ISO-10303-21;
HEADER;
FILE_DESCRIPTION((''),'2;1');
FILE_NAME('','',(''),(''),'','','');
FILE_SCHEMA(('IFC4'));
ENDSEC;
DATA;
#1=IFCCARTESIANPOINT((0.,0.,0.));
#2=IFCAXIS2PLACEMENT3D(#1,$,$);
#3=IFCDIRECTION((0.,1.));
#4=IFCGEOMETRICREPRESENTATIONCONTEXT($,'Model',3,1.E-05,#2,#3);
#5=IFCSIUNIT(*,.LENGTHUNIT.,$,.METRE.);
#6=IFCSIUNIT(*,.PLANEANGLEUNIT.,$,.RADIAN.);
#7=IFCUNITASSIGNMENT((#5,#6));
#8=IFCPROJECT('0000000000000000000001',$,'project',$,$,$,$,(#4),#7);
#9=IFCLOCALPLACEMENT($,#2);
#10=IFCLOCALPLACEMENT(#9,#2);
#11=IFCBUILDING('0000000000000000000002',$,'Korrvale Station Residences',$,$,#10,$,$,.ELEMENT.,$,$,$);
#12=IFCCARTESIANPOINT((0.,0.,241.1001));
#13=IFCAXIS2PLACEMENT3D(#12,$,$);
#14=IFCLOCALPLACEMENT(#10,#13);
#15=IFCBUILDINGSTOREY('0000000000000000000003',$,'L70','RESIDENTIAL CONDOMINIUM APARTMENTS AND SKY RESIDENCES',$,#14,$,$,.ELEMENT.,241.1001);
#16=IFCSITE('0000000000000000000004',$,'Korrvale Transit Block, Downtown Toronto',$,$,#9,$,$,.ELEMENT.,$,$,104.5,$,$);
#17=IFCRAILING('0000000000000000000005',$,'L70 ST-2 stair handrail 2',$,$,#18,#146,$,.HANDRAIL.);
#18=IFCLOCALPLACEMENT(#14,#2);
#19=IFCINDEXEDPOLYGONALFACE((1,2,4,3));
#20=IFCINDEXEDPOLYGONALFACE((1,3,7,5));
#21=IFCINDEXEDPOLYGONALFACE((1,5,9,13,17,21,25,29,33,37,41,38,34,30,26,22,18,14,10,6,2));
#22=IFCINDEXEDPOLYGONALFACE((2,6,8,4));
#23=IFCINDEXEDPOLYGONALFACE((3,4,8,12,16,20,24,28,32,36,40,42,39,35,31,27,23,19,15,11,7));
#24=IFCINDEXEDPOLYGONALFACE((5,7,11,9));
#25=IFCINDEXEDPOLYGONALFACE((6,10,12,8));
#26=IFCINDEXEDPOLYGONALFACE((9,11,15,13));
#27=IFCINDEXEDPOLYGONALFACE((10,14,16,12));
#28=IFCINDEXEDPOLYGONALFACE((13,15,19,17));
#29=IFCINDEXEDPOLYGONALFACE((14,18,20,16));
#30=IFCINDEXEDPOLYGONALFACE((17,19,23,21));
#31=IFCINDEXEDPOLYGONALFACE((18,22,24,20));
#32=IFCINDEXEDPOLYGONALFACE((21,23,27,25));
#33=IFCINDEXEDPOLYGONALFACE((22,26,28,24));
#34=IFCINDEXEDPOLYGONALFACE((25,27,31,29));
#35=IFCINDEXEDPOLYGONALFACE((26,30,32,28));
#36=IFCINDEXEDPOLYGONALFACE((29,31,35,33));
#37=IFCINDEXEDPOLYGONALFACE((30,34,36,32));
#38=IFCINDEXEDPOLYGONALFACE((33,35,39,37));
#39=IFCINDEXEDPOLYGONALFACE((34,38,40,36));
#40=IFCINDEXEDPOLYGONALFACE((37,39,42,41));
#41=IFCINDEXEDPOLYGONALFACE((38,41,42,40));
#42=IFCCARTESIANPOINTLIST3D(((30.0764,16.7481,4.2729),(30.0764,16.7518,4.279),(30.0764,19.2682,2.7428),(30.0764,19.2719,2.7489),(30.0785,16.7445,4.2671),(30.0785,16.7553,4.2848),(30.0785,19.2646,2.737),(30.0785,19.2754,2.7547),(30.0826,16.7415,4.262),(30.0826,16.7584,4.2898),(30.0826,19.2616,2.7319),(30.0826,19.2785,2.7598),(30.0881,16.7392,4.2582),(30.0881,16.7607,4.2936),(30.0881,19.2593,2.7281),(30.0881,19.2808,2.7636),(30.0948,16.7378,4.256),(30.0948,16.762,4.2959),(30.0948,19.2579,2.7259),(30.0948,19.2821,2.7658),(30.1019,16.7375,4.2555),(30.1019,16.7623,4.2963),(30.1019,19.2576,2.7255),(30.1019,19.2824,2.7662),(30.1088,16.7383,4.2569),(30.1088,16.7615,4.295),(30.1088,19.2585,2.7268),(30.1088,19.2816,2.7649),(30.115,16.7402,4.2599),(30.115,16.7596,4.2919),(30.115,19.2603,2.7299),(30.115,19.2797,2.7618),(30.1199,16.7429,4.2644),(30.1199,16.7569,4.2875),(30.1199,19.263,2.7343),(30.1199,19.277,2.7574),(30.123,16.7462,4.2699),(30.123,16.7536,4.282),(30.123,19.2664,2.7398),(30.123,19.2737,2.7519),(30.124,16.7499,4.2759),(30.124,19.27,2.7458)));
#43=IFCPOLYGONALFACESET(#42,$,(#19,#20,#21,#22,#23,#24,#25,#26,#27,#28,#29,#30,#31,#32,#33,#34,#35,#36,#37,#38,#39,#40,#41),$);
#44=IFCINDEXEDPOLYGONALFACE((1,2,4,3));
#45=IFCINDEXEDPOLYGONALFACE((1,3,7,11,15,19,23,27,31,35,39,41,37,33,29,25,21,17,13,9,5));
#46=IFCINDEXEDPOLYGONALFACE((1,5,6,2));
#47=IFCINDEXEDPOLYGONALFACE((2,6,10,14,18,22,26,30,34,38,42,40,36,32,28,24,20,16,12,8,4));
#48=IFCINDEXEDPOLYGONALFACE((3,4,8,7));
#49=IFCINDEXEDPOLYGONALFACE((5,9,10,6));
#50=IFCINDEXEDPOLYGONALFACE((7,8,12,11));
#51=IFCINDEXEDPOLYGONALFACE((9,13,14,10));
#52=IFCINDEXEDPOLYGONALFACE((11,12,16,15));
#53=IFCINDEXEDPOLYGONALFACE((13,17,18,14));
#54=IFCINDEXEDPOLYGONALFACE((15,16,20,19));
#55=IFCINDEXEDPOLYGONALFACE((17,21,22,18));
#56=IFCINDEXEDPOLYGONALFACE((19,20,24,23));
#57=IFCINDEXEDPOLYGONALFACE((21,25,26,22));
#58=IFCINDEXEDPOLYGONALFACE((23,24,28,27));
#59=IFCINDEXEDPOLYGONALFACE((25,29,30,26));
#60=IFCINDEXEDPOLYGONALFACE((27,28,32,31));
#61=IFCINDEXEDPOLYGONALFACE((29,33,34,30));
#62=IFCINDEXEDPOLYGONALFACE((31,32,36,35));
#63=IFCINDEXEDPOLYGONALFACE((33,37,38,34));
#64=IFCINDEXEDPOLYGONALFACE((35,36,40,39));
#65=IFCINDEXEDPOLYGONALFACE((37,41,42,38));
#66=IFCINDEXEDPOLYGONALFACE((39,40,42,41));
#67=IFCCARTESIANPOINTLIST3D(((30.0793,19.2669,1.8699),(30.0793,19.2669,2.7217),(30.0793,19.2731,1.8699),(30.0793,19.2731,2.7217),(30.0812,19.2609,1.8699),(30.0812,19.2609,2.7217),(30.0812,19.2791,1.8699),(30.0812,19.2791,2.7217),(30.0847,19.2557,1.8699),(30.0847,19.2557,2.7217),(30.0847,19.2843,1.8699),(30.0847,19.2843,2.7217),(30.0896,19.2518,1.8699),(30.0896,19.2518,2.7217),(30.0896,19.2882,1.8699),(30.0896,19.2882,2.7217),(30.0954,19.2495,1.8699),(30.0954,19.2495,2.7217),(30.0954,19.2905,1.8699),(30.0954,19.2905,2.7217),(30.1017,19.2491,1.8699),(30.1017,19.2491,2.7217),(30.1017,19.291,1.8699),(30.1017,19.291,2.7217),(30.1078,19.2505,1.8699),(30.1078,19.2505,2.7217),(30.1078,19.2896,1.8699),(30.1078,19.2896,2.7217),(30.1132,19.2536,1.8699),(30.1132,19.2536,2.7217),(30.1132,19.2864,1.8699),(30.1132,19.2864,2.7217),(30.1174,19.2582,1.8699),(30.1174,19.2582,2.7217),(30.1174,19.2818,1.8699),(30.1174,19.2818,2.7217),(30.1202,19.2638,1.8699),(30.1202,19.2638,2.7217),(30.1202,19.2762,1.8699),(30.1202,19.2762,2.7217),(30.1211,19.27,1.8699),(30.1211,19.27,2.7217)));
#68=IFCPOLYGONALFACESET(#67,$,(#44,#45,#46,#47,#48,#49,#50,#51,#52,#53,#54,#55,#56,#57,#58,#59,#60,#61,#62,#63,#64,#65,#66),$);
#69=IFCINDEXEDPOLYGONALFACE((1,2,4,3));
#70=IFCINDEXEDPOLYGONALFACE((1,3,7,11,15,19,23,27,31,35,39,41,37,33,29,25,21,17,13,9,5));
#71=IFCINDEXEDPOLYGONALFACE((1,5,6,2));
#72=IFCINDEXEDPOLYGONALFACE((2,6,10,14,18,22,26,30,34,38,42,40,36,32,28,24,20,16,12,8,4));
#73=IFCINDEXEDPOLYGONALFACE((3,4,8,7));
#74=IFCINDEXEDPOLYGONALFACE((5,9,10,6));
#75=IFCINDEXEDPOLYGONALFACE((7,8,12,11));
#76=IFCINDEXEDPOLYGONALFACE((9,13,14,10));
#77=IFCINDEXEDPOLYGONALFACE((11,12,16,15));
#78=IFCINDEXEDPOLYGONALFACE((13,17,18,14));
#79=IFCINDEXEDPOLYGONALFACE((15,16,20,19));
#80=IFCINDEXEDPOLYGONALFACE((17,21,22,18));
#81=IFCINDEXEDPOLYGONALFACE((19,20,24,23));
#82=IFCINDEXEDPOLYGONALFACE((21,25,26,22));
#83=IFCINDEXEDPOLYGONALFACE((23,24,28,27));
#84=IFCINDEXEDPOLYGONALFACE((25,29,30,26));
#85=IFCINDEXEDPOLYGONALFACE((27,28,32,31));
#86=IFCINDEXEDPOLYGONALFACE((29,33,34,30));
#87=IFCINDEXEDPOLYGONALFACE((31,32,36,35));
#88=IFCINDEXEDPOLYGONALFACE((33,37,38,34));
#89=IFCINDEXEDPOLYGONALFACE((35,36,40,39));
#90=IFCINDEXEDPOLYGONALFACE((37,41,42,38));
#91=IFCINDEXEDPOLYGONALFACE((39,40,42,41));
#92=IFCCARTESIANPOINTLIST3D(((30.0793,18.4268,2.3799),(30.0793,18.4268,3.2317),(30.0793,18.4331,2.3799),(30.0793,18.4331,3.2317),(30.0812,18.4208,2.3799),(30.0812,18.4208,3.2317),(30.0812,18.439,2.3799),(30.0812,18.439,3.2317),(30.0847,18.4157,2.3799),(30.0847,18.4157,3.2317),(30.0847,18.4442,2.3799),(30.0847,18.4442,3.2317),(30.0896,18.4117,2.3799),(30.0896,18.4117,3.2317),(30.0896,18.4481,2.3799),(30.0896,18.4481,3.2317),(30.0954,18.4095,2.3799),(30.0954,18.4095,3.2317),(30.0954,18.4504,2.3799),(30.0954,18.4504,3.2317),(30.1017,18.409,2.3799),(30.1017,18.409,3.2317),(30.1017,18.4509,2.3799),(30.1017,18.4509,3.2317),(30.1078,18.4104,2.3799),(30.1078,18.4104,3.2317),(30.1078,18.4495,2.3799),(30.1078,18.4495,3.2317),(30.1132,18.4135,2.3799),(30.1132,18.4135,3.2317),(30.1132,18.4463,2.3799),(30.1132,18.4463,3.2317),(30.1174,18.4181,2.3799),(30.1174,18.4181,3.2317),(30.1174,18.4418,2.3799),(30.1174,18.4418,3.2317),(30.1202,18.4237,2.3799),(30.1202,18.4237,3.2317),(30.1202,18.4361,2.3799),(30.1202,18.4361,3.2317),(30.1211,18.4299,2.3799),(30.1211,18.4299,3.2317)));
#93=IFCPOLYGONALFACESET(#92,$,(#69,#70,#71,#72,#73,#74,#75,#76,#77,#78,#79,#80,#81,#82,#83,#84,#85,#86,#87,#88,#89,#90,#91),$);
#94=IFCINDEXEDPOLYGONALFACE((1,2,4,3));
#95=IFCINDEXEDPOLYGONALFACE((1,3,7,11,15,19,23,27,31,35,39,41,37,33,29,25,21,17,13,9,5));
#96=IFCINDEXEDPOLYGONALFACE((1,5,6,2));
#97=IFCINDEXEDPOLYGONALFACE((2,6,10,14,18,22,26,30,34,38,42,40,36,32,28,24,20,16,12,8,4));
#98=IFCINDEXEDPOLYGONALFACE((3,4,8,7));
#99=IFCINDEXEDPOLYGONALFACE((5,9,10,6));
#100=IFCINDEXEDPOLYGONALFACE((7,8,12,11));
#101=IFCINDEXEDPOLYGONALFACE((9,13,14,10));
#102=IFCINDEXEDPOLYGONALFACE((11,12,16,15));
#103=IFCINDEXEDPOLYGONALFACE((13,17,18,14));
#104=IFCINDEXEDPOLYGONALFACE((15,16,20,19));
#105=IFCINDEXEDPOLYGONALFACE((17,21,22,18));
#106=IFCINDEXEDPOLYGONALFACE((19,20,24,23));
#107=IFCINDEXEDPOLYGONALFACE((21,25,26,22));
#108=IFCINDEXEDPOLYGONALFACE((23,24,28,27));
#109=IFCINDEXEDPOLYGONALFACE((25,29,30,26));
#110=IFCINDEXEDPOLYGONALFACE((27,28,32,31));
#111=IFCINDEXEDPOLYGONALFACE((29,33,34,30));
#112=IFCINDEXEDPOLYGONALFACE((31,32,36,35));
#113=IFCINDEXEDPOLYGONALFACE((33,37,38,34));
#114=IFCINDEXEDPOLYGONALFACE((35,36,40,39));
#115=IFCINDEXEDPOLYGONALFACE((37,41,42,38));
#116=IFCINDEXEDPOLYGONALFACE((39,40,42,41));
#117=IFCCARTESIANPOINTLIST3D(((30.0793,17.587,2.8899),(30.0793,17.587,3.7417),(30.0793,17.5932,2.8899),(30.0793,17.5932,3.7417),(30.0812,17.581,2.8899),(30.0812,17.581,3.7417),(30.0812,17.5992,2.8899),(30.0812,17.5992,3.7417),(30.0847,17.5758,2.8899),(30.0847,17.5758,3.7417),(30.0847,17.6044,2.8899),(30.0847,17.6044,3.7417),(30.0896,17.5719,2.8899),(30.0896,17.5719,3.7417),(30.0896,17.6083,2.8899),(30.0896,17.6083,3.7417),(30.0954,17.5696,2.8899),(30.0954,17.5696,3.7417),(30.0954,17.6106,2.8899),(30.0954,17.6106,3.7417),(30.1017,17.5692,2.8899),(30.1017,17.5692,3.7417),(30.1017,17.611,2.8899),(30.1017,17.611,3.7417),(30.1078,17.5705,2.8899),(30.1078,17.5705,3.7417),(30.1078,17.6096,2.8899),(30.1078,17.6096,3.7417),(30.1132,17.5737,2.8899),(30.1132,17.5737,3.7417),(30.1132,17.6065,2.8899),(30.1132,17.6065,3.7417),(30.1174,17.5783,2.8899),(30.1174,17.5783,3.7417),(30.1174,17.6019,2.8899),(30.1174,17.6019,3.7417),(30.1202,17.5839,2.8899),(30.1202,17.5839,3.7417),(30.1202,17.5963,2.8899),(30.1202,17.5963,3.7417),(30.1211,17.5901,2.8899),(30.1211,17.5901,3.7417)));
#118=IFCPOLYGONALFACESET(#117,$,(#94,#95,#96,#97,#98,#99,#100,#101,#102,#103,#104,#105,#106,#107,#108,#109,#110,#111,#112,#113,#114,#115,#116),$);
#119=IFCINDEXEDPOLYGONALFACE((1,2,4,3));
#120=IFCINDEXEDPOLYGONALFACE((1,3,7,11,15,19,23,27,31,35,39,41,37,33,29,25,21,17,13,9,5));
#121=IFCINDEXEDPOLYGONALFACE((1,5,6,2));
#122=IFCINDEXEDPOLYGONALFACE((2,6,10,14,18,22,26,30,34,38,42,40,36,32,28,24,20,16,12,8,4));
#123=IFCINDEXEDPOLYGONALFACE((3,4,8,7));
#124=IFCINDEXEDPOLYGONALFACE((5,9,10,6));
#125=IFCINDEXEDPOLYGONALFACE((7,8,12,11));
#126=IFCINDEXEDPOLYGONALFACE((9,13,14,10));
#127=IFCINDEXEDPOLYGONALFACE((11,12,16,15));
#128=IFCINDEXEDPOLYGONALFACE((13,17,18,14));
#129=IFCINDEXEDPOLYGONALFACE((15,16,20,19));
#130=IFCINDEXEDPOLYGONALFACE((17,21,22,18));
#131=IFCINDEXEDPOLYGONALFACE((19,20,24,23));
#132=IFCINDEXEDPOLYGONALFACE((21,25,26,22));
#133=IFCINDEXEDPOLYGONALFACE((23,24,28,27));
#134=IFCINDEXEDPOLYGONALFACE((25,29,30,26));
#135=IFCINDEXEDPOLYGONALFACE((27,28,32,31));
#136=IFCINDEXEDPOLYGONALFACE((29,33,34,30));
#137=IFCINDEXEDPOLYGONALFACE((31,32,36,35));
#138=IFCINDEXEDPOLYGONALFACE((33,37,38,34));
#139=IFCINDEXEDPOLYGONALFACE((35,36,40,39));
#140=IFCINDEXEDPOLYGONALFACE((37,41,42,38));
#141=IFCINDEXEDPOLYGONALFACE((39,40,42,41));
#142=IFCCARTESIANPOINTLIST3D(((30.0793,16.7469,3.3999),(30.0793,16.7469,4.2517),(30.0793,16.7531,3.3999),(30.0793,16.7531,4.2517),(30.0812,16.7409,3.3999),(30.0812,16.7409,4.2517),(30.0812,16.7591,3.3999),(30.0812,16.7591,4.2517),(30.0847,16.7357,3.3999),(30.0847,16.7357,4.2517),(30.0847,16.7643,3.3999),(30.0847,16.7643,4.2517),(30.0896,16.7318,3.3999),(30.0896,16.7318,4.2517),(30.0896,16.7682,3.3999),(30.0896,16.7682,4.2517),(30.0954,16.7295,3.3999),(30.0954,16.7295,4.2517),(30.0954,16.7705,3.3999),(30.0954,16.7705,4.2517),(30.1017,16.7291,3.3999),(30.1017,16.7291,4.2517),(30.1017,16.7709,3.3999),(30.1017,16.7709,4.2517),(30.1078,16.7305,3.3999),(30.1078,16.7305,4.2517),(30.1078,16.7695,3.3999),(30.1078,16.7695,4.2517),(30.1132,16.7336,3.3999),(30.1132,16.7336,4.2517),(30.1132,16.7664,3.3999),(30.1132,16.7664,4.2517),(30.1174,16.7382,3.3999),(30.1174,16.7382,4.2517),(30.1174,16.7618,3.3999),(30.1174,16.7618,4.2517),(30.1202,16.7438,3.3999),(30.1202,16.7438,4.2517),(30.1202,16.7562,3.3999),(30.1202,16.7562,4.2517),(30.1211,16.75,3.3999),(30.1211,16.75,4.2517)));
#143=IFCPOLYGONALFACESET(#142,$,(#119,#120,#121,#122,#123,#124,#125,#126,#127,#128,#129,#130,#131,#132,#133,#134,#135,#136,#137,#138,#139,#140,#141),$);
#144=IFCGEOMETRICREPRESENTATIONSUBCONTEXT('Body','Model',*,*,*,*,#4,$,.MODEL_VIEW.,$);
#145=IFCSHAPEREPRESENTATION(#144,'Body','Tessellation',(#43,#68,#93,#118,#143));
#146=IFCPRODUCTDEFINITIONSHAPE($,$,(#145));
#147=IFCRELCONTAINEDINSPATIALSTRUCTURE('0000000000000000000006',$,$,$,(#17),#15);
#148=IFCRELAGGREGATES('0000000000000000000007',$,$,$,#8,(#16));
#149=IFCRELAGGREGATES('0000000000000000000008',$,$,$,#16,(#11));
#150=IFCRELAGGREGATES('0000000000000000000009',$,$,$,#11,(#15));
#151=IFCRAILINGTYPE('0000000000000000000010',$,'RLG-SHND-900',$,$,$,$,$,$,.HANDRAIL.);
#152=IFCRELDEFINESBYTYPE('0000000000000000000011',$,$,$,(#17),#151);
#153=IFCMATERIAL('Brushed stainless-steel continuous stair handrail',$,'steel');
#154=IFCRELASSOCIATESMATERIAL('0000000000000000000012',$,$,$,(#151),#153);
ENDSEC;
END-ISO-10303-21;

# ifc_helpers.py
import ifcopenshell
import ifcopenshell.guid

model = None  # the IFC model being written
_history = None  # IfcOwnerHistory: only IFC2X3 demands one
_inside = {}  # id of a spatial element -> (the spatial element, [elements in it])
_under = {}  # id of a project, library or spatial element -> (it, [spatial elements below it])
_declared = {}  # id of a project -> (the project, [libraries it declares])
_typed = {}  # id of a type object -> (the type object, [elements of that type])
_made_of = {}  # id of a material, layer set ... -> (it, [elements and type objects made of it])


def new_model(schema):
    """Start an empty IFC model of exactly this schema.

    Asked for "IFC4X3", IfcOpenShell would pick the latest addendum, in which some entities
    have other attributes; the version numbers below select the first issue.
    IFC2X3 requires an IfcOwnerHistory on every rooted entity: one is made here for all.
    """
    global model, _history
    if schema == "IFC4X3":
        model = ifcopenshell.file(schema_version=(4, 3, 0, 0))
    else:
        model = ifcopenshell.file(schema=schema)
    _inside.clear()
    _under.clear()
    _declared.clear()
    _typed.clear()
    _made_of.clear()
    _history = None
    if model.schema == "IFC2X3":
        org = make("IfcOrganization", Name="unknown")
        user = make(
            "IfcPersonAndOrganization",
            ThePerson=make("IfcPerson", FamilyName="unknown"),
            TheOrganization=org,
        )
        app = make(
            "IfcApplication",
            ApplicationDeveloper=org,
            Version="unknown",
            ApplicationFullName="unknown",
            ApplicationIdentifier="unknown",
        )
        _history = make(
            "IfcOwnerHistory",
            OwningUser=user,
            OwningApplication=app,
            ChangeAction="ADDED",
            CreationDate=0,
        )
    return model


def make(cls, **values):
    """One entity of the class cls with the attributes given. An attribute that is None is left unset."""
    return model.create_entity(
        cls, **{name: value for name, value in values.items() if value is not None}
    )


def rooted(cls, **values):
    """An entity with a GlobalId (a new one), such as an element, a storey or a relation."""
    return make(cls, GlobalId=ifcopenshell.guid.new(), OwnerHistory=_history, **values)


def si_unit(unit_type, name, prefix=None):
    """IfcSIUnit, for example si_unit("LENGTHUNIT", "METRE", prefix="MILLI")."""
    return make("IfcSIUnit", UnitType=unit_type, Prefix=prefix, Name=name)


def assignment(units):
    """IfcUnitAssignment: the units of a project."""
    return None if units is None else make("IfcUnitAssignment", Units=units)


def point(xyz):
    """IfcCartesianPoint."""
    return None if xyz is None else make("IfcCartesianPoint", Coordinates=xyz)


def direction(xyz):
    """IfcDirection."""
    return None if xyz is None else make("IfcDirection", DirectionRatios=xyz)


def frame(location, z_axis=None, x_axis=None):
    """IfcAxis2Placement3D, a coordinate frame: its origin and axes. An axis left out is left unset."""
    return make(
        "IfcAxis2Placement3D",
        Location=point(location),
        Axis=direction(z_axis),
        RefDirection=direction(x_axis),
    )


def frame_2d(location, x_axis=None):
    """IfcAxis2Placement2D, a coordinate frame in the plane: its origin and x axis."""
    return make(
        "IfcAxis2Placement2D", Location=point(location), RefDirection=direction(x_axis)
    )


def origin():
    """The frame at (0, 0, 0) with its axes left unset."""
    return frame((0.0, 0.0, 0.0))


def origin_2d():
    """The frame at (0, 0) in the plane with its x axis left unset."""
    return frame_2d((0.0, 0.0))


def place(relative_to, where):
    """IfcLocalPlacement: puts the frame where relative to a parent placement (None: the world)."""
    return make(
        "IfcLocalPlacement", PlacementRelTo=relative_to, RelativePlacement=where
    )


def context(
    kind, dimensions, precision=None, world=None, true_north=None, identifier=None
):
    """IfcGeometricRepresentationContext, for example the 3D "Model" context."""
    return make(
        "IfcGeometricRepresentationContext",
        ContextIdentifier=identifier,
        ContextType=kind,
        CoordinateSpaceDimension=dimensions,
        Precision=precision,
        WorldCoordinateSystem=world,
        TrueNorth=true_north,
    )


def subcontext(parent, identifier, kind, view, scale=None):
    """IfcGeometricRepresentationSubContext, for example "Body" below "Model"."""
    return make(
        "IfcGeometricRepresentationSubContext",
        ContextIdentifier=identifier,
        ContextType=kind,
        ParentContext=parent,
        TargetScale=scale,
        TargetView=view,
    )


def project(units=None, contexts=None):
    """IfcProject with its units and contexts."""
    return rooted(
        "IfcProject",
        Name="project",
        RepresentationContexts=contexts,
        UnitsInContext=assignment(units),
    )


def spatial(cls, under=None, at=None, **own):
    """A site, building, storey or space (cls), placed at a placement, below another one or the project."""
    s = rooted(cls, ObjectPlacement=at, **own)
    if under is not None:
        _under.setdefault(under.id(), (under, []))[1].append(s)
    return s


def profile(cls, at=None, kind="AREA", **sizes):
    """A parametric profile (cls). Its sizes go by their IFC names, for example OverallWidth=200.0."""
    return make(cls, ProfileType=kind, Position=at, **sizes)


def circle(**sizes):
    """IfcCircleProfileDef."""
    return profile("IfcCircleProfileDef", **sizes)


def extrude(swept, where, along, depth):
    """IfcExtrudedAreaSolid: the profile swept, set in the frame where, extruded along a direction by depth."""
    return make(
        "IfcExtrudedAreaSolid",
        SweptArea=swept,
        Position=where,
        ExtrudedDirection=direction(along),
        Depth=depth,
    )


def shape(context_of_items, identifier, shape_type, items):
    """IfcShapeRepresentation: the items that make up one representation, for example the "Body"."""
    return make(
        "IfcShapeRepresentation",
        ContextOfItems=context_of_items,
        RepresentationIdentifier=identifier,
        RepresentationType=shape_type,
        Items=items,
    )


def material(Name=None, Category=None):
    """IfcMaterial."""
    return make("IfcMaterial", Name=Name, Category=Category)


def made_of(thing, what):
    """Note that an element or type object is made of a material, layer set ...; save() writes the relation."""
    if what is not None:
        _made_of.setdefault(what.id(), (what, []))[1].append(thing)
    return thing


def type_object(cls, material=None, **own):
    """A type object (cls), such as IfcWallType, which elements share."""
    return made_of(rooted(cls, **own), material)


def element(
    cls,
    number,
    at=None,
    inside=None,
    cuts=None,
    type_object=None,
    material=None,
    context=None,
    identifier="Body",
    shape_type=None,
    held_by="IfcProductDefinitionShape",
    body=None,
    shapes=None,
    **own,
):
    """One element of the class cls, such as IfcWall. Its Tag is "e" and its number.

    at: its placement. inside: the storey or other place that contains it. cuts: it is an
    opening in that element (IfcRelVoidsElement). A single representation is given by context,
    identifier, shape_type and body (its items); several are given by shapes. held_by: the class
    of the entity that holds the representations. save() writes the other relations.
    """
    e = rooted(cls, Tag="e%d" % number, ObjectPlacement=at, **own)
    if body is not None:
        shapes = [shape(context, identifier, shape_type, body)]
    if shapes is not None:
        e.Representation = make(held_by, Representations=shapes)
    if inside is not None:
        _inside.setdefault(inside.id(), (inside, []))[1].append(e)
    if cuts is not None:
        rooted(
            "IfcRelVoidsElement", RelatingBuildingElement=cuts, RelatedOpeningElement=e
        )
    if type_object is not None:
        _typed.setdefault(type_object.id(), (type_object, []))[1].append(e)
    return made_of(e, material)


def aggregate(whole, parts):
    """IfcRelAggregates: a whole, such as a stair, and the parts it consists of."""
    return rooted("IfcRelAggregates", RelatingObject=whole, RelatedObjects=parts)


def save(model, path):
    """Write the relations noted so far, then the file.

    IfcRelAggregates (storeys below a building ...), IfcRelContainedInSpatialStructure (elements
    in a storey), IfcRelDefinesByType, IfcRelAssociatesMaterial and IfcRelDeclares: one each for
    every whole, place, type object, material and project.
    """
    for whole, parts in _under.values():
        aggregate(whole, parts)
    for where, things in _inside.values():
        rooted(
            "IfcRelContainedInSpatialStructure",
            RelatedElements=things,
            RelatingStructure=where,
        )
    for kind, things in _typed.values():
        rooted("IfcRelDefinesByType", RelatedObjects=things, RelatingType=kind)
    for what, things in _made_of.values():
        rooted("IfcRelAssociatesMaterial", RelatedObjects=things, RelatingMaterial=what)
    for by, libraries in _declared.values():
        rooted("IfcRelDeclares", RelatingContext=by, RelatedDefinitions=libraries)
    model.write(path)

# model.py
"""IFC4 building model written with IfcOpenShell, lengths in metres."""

from ifc_helpers import new_model, si_unit, direction, frame, origin, origin_2d, place, context, subcontext, project, spatial, circle, extrude, material, type_object, element, save


model = new_model("IFC4")

# Units and contexts
model_context = context("Model", 3, precision=1e-05, world=origin(), true_north=direction((0.0, 1.0)))
body_context = subcontext(model_context, "Body", "Model", "MODEL_VIEW")
ifc_project = project(units=[si_unit("LENGTHUNIT", "METRE"), si_unit("PLANEANGLEUNIT", "RADIAN")], contexts=[model_context])

# Site, building, storey
site_placement = place(None, origin())
site = spatial("IfcSite", under=ifc_project, at=site_placement, Name="Korrvale Transit Block, Downtown Toronto", CompositionType="ELEMENT", RefElevation=104.5)
building_placement = place(site_placement, origin())
building = spatial("IfcBuilding", under=site, at=building_placement, Name="Korrvale Station Residences", CompositionType="ELEMENT")
storey_placement = place(building_placement, frame((0.0, 0.0, 241.1001)))
storey = spatial("IfcBuildingStorey", under=building, at=storey_placement, Name="L70", Description="RESIDENTIAL CONDOMINIUM APARTMENTS AND SKY RESIDENCES", CompositionType="ELEMENT", Elevation=241.1001)

# Railing
ifc_material_1 = material(Name="Brushed stainless-steel continuous stair handrail", Category="steel")
railing_type_1 = type_object("IfcRailingType", Name="RLG-SHND-900", PredefinedType="HANDRAIL", material=ifc_material_1)
railing_1_placement = place(storey_placement, frame((30.1001, 19.27, 1.8699)))
element("IfcRailing", 1, at=railing_1_placement, inside=storey, type_object=railing_type_1, Name="L70 ST-2 stair handrail 2", PredefinedType="HANDRAIL", context=body_context, shape_type="SweptSolid", body=[
    extrude(circle(Radius=0.0239, at=origin_2d()), frame((0.0, 0.0, 0.876), z_axis=(0.0, -0.854785, 0.518982), x_axis=(1.0, 0.0, 0.0)), (0.0, 0.0, 1.0), 2.9482),
    extrude(circle(Radius=0.021, at=origin_2d()), origin(), (0.0, 0.0, 1.0), 0.8518),
    extrude(circle(Radius=0.021, at=origin_2d()), frame((0.0, -0.8401, 0.51)), (0.0, 0.0, 1.0), 0.8518),
    extrude(circle(Radius=0.021, at=origin_2d()), frame((0.0, -1.6799, 1.02)), (0.0, 0.0, 1.0), 0.8518),
    extrude(circle(Radius=0.021, at=origin_2d()), frame((0.0, -2.52, 1.53)), (0.0, 0.0, 1.0), 0.8518),
])

save(model, "model.ifc")
